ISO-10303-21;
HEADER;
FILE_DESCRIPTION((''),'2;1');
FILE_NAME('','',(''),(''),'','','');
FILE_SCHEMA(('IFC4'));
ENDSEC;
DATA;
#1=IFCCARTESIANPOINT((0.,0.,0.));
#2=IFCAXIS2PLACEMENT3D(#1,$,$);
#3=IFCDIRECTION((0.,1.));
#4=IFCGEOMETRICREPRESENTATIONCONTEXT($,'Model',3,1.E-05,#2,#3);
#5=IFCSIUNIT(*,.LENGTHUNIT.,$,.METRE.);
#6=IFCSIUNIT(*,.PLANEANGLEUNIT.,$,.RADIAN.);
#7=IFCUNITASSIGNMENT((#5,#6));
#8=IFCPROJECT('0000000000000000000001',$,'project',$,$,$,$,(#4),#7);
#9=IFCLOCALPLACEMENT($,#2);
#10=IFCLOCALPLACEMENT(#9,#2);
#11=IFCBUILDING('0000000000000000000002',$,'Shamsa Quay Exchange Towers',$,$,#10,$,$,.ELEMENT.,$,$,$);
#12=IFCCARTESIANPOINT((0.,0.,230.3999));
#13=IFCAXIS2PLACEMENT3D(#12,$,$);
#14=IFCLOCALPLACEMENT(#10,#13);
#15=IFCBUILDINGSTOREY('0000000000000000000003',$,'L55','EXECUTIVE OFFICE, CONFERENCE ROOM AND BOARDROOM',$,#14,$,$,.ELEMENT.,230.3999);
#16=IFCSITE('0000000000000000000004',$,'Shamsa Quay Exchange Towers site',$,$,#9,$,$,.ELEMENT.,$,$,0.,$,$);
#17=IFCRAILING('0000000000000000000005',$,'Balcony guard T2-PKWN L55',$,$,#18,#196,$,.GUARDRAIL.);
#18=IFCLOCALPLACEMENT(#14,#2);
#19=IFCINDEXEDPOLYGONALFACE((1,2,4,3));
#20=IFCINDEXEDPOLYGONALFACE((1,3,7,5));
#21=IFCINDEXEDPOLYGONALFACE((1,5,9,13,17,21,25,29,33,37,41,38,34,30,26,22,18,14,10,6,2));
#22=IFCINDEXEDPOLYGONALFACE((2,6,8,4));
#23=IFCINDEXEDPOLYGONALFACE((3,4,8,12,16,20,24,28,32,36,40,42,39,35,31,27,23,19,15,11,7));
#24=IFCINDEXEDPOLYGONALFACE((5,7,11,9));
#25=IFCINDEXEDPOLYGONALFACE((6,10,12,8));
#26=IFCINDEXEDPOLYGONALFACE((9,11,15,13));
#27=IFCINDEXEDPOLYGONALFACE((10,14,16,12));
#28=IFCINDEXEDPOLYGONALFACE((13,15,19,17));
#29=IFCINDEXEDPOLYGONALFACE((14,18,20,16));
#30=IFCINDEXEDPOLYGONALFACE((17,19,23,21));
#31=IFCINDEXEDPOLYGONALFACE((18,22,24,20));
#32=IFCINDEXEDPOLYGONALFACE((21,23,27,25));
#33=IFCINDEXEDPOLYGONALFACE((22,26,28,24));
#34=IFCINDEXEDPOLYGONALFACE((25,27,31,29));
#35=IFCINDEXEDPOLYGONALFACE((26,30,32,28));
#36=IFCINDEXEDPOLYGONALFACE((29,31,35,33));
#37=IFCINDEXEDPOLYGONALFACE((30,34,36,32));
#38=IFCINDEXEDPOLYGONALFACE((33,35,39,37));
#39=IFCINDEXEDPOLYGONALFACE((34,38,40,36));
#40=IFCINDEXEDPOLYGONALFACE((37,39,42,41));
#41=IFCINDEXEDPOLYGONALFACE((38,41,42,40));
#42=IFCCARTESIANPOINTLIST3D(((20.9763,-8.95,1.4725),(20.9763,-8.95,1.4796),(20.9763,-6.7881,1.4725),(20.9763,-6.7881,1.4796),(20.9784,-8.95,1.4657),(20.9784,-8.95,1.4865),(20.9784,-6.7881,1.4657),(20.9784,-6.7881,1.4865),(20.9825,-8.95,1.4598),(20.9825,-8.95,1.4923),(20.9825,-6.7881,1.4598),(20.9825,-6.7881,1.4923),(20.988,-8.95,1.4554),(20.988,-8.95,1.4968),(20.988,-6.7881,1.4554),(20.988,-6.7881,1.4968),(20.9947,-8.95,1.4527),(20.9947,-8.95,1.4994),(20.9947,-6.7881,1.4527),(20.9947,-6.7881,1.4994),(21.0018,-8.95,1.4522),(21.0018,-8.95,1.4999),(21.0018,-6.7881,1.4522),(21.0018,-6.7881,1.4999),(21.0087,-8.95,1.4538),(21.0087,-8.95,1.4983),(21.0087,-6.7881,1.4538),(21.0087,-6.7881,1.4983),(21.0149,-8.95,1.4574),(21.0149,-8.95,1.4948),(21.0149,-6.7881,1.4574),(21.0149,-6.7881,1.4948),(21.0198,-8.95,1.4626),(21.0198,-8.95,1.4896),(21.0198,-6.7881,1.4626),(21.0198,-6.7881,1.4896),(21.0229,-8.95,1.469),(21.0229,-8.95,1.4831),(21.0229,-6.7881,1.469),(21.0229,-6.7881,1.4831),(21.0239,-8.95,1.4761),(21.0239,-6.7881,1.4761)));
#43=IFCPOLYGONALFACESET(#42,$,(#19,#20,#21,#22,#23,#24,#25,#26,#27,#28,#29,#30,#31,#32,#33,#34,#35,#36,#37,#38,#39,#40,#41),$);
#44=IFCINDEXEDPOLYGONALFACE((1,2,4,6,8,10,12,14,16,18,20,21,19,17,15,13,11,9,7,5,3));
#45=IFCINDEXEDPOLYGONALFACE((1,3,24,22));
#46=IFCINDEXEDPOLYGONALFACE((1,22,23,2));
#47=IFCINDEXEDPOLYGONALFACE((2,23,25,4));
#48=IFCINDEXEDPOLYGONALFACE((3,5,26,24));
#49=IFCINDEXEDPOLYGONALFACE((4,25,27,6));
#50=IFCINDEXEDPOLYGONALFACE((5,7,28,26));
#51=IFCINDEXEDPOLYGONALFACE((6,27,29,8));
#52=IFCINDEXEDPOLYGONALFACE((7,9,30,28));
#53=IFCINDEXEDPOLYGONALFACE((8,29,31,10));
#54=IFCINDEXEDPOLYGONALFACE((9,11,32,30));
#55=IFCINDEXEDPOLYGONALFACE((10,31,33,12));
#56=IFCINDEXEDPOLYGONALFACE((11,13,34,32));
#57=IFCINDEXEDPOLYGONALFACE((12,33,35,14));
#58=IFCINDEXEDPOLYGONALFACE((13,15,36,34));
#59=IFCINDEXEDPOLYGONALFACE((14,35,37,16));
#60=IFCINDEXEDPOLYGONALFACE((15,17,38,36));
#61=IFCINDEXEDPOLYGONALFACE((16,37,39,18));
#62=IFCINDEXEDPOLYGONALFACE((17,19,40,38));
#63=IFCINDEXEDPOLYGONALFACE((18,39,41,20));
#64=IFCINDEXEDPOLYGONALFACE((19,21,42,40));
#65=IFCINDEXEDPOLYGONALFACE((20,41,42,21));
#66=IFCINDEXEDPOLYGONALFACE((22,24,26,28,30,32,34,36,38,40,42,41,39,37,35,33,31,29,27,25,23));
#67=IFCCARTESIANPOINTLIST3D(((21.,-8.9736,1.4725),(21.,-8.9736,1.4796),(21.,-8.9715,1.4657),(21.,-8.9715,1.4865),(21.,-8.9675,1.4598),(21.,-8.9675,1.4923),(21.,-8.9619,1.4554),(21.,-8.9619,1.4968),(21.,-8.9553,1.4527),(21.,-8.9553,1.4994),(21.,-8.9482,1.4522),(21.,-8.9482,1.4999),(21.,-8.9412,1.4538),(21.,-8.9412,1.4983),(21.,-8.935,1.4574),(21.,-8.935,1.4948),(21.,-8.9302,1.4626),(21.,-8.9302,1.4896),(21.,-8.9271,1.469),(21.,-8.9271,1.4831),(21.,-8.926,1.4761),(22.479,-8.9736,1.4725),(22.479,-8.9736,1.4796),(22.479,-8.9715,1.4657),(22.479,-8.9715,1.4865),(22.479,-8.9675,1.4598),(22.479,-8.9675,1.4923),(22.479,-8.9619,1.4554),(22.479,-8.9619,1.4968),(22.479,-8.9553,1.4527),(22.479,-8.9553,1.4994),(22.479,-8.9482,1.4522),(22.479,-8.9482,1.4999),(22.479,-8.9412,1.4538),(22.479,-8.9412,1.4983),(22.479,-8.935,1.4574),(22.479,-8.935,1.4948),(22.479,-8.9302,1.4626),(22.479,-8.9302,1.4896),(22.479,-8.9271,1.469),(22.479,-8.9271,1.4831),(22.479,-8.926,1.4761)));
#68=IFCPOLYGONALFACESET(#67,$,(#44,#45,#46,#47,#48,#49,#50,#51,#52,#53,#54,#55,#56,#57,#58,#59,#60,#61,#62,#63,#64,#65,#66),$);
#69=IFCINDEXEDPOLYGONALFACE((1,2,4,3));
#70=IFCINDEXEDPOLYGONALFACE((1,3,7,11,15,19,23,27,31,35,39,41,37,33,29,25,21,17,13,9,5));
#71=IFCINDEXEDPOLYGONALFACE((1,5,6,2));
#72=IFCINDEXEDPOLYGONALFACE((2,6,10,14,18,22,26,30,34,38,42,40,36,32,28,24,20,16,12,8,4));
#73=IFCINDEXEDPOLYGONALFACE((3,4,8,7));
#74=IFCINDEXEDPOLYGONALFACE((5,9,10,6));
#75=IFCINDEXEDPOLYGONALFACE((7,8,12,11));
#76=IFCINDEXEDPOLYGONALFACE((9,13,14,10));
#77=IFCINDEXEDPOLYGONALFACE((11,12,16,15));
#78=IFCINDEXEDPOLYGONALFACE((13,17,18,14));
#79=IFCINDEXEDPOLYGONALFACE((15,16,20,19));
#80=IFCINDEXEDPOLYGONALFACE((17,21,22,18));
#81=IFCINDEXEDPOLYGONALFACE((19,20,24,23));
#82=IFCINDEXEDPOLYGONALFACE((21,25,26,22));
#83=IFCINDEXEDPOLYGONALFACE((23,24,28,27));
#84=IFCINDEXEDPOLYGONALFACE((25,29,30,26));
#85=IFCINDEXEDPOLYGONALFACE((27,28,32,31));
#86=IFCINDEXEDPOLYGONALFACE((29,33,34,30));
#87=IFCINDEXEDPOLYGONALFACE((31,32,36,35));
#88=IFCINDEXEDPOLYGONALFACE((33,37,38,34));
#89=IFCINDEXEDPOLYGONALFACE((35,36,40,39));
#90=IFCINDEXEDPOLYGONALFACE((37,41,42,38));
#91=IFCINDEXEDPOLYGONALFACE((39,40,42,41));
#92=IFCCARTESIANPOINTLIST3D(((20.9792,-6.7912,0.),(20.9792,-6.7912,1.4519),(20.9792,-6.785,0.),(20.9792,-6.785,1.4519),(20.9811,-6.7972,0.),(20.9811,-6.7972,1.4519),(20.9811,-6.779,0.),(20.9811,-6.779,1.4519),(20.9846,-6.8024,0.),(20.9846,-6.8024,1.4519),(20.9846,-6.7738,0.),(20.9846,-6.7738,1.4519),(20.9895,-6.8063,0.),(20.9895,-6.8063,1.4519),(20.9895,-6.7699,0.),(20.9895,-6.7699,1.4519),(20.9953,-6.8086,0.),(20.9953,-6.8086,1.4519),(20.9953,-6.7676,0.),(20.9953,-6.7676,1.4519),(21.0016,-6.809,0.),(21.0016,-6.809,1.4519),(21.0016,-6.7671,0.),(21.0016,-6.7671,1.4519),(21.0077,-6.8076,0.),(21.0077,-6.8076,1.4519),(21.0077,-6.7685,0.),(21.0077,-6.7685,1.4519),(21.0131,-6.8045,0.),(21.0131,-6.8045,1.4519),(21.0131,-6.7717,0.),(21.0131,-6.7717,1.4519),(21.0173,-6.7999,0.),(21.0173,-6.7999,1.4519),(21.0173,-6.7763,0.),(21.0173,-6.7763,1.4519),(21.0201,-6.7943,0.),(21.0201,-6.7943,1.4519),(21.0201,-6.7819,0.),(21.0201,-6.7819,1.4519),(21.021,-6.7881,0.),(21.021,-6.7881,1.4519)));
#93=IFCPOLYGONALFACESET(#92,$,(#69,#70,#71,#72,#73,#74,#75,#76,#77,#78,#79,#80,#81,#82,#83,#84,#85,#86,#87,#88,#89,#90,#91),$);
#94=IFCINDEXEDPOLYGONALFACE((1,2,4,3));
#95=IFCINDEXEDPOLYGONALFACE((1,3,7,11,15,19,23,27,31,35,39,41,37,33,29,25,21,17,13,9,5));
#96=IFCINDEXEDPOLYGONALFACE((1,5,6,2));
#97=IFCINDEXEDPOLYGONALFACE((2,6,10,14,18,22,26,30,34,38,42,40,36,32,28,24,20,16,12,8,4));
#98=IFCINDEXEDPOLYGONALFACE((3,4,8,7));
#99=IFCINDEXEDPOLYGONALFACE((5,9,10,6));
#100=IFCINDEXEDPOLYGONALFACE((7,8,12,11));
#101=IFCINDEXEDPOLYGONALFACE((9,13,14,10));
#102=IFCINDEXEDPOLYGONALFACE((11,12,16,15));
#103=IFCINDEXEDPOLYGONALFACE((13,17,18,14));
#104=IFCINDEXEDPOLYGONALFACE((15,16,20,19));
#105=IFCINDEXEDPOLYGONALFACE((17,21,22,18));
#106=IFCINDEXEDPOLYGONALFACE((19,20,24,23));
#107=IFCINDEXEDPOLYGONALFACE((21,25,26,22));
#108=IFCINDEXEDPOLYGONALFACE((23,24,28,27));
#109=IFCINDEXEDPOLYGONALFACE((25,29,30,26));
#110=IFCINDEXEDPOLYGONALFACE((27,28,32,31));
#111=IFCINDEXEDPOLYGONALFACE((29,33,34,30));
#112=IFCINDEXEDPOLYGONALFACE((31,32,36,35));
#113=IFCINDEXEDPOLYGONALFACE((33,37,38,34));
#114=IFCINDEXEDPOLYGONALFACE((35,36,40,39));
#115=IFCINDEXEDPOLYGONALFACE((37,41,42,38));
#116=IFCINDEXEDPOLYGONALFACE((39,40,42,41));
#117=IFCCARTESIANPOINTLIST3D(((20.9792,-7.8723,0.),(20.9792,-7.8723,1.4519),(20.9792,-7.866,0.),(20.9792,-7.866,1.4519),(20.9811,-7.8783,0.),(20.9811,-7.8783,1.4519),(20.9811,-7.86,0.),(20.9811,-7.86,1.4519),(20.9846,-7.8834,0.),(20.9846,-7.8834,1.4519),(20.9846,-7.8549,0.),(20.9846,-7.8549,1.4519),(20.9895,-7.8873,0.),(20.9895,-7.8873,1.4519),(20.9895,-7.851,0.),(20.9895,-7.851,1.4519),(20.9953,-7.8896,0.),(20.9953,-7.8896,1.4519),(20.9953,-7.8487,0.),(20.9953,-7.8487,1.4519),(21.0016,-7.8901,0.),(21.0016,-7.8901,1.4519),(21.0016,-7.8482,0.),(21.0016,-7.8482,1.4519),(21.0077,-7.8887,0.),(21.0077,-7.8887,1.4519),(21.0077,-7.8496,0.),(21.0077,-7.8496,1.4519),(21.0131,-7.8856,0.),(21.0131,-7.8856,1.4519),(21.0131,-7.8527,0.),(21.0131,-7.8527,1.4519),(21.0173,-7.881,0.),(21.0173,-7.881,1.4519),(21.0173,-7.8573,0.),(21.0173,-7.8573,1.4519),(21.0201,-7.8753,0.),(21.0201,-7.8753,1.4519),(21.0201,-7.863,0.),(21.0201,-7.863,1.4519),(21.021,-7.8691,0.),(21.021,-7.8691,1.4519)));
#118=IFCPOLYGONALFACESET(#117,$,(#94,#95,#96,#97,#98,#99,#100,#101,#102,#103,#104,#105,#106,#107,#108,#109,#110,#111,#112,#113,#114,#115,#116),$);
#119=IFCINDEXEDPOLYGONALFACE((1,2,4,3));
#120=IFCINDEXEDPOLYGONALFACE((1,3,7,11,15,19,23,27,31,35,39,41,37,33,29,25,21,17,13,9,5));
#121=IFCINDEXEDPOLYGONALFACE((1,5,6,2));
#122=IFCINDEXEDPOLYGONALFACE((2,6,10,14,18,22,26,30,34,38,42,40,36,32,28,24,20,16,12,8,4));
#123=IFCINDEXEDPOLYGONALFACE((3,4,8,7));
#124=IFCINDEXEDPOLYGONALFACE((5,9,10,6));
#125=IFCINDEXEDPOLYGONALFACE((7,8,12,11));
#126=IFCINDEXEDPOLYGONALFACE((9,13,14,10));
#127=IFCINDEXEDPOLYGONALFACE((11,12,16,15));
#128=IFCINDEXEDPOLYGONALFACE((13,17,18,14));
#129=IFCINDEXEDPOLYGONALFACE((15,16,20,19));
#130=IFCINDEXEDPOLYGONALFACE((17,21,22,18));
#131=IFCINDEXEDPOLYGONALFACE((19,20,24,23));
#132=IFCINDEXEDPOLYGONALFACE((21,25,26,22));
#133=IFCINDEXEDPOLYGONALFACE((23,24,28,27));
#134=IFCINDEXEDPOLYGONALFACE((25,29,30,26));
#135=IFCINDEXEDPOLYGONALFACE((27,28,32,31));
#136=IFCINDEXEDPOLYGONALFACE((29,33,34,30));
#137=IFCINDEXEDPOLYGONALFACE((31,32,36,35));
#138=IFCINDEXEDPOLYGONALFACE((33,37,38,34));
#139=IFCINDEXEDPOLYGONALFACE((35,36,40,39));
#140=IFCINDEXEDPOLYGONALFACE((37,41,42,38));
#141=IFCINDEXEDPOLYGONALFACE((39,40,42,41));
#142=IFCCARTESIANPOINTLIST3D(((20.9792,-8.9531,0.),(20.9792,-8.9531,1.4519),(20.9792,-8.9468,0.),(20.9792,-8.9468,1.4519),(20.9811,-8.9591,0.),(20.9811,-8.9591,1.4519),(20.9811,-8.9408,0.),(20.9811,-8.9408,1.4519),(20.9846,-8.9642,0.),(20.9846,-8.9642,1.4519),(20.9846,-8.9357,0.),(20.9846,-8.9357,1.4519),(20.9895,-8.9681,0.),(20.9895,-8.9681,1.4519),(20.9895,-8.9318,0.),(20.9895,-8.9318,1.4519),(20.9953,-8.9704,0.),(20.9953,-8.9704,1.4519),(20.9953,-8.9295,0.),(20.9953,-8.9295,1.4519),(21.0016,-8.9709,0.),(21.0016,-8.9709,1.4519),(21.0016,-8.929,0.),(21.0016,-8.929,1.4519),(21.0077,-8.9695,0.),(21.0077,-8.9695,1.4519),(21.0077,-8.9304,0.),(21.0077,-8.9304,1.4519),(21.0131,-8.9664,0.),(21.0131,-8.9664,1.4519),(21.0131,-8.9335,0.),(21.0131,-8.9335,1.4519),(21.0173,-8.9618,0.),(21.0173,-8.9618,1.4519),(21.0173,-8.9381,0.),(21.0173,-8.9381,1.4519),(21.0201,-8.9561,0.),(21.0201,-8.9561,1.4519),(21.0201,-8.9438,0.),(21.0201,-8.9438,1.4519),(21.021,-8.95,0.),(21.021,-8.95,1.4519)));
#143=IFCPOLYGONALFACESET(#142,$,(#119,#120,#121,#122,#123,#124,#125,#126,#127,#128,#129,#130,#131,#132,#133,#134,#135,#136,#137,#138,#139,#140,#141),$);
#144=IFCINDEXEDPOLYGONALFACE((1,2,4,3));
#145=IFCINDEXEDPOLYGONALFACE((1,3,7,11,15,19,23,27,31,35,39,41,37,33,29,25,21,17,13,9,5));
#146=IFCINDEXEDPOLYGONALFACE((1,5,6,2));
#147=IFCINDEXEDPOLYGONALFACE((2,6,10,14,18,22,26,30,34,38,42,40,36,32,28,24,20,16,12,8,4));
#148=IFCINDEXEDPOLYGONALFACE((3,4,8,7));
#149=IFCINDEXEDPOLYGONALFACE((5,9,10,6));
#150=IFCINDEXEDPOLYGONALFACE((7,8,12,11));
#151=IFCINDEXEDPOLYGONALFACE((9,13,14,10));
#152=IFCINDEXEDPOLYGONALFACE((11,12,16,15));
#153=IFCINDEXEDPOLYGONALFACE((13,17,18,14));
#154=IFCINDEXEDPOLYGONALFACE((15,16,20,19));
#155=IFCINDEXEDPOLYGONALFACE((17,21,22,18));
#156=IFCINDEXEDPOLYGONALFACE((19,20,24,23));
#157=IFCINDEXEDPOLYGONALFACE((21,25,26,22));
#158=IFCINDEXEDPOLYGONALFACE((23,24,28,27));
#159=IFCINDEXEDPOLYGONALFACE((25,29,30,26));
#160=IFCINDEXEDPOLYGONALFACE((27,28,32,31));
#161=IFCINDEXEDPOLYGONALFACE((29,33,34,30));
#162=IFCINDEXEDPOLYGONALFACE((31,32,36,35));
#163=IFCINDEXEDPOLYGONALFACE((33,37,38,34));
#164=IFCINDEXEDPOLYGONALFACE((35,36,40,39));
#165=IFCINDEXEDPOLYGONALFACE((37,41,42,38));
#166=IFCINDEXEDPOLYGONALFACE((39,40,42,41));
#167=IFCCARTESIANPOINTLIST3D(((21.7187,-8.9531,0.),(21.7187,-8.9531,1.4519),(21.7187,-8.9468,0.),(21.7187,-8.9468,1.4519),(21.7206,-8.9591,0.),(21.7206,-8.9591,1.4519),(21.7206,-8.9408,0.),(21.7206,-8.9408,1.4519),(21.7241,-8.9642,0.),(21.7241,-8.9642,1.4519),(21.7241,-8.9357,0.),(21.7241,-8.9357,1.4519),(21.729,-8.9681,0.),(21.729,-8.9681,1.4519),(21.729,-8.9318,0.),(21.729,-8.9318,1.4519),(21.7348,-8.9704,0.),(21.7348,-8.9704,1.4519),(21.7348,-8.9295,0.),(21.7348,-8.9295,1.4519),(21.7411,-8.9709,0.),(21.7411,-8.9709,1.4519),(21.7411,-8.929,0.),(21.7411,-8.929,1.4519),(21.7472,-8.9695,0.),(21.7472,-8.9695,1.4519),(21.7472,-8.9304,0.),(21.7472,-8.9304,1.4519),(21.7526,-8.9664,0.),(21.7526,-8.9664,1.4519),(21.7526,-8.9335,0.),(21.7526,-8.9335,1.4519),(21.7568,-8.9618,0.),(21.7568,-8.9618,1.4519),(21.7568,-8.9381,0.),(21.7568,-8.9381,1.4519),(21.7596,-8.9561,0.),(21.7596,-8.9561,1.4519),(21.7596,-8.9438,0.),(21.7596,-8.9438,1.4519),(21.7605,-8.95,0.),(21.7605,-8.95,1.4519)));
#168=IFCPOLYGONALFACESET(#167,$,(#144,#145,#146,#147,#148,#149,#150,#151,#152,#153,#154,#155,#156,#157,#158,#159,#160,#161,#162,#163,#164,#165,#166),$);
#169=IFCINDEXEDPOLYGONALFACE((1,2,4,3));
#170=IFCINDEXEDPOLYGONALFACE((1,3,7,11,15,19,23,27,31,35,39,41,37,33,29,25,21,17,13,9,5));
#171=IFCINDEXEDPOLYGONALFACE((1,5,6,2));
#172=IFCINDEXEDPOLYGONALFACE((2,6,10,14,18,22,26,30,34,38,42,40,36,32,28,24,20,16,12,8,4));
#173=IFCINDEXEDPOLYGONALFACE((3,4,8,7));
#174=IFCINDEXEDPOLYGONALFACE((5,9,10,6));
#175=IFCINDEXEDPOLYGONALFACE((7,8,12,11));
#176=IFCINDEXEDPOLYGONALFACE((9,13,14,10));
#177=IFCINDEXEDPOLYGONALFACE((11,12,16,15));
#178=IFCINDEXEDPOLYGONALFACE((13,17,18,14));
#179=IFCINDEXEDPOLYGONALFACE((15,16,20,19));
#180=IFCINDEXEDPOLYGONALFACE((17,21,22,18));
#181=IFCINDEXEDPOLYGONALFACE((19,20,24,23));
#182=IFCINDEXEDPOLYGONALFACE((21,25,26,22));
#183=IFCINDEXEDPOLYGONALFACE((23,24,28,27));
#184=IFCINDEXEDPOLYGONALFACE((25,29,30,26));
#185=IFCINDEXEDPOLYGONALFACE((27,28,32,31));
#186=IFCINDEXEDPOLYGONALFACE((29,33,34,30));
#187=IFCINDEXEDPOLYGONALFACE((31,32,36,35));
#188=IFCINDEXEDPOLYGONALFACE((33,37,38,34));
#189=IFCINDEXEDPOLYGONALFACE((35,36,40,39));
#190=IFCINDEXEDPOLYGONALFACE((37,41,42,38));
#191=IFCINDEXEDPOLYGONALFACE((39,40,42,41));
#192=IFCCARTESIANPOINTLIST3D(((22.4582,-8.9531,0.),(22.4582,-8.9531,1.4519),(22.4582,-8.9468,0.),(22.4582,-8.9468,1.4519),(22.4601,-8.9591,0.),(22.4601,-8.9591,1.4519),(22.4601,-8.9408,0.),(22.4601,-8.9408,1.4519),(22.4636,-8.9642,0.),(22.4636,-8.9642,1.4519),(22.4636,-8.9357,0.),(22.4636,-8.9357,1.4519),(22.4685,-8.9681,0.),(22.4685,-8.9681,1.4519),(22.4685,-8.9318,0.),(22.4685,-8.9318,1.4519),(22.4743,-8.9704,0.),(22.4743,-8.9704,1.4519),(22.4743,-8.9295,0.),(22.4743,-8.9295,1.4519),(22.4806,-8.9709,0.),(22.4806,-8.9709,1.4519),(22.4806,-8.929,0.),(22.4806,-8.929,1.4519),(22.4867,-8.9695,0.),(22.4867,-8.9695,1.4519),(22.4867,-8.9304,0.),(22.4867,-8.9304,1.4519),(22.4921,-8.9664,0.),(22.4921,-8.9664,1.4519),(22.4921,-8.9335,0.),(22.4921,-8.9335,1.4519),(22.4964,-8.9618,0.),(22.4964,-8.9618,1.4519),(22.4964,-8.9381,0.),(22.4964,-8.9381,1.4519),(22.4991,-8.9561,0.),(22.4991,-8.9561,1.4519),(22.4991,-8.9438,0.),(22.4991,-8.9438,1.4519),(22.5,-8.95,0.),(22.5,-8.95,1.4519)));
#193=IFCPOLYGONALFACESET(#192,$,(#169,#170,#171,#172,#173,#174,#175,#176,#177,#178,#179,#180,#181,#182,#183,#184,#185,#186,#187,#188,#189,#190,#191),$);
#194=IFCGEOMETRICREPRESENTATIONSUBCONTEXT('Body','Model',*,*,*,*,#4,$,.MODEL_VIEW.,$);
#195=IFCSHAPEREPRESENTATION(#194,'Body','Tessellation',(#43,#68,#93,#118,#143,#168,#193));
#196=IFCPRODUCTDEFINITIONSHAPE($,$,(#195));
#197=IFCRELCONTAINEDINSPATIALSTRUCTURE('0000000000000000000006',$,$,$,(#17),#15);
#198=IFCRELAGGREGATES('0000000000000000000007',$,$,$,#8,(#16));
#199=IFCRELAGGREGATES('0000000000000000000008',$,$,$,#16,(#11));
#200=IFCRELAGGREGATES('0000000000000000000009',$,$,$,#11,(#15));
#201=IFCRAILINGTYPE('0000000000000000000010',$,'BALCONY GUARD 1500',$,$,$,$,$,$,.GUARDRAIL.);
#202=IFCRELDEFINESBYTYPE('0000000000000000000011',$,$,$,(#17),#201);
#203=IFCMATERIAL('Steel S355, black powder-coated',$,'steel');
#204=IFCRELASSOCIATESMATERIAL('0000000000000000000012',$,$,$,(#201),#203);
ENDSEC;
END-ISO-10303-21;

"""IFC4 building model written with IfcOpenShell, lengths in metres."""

from ifc_helpers import new_model, si_unit, direction, frame, origin, origin_2d, place, context, subcontext, project, spatial, circle, extrude, material, type_object, element, save


model = new_model("IFC4")

# Units and contexts
model_context = context("Model", 3, precision=1e-05, world=origin(), true_north=direction((0.0, 1.0)))
body_context = subcontext(model_context, "Body", "Model", "MODEL_VIEW")
ifc_project = project(units=[si_unit("LENGTHUNIT", "METRE"), si_unit("PLANEANGLEUNIT", "RADIAN")], contexts=[model_context])

# Site, building, storey
site_placement = place(None, origin())
site = spatial("IfcSite", under=ifc_project, at=site_placement, Name="Shamsa Quay Exchange Towers site", CompositionType="ELEMENT", RefElevation=0.0)
building_placement = place(site_placement, origin())
building = spatial("IfcBuilding", under=site, at=building_placement, Name="Shamsa Quay Exchange Towers", CompositionType="ELEMENT")
storey_placement = place(building_placement, frame((0.0, 0.0, 230.3999)))
storey = spatial("IfcBuildingStorey", under=building, at=storey_placement, Name="L55", Description="EXECUTIVE OFFICE, CONFERENCE ROOM AND BOARDROOM", CompositionType="ELEMENT", Elevation=230.3999)

# Railing
ifc_material_1 = material(Name="Steel S355, black powder-coated", Category="steel")
railing_type = type_object("IfcRailingType", Name="BALCONY GUARD 1500", PredefinedType="GUARDRAIL", material=ifc_material_1)
for number, where, name in (
    (1, (21.0, -6.7881, 0.0), "Balcony guard T2-PKWN L55"),
):
    element("IfcRailing", number, at=place(storey_placement, frame(where)), inside=storey, type_object=railing_type, Name=name, PredefinedType="GUARDRAIL", context=body_context, shape_type="SweptSolid", body=[
        extrude(circle(Radius=0.0239, at=origin_2d()), frame((0.0, 0.0, 1.4761), z_axis=(0.0, -1.0, 0.0), x_axis=(1.0, 0.0, 0.0)), (0.0, 0.0, 1.0), 2.1619),
        extrude(circle(Radius=0.0239, at=origin_2d()), frame((0.0, -2.1619, 1.4761), z_axis=(1.0, 0.0, 0.0), x_axis=(0.0, 1.0, 0.0)), (0.0, 0.0, 1.0), 1.479),
        extrude(circle(Radius=0.021, at=origin_2d()), origin(), (0.0, 0.0, 1.0), 1.4519),
        extrude(circle(Radius=0.021, at=origin_2d()), frame((0.0, -1.0811, 0.0)), (0.0, 0.0, 1.0), 1.4519),
        extrude(circle(Radius=0.021, at=origin_2d()), frame((0.0, -2.1619, 0.0)), (0.0, 0.0, 1.0), 1.4519),
        extrude(circle(Radius=0.021, at=origin_2d()), frame((0.7395, -2.1619, 0.0)), (0.0, 0.0, 1.0), 1.4519),
        extrude(circle(Radius=0.021, at=origin_2d()), frame((1.479, -2.1619, 0.0)), (0.0, 0.0, 1.0), 1.4519),
    ])

save(model, "model.ifc")
